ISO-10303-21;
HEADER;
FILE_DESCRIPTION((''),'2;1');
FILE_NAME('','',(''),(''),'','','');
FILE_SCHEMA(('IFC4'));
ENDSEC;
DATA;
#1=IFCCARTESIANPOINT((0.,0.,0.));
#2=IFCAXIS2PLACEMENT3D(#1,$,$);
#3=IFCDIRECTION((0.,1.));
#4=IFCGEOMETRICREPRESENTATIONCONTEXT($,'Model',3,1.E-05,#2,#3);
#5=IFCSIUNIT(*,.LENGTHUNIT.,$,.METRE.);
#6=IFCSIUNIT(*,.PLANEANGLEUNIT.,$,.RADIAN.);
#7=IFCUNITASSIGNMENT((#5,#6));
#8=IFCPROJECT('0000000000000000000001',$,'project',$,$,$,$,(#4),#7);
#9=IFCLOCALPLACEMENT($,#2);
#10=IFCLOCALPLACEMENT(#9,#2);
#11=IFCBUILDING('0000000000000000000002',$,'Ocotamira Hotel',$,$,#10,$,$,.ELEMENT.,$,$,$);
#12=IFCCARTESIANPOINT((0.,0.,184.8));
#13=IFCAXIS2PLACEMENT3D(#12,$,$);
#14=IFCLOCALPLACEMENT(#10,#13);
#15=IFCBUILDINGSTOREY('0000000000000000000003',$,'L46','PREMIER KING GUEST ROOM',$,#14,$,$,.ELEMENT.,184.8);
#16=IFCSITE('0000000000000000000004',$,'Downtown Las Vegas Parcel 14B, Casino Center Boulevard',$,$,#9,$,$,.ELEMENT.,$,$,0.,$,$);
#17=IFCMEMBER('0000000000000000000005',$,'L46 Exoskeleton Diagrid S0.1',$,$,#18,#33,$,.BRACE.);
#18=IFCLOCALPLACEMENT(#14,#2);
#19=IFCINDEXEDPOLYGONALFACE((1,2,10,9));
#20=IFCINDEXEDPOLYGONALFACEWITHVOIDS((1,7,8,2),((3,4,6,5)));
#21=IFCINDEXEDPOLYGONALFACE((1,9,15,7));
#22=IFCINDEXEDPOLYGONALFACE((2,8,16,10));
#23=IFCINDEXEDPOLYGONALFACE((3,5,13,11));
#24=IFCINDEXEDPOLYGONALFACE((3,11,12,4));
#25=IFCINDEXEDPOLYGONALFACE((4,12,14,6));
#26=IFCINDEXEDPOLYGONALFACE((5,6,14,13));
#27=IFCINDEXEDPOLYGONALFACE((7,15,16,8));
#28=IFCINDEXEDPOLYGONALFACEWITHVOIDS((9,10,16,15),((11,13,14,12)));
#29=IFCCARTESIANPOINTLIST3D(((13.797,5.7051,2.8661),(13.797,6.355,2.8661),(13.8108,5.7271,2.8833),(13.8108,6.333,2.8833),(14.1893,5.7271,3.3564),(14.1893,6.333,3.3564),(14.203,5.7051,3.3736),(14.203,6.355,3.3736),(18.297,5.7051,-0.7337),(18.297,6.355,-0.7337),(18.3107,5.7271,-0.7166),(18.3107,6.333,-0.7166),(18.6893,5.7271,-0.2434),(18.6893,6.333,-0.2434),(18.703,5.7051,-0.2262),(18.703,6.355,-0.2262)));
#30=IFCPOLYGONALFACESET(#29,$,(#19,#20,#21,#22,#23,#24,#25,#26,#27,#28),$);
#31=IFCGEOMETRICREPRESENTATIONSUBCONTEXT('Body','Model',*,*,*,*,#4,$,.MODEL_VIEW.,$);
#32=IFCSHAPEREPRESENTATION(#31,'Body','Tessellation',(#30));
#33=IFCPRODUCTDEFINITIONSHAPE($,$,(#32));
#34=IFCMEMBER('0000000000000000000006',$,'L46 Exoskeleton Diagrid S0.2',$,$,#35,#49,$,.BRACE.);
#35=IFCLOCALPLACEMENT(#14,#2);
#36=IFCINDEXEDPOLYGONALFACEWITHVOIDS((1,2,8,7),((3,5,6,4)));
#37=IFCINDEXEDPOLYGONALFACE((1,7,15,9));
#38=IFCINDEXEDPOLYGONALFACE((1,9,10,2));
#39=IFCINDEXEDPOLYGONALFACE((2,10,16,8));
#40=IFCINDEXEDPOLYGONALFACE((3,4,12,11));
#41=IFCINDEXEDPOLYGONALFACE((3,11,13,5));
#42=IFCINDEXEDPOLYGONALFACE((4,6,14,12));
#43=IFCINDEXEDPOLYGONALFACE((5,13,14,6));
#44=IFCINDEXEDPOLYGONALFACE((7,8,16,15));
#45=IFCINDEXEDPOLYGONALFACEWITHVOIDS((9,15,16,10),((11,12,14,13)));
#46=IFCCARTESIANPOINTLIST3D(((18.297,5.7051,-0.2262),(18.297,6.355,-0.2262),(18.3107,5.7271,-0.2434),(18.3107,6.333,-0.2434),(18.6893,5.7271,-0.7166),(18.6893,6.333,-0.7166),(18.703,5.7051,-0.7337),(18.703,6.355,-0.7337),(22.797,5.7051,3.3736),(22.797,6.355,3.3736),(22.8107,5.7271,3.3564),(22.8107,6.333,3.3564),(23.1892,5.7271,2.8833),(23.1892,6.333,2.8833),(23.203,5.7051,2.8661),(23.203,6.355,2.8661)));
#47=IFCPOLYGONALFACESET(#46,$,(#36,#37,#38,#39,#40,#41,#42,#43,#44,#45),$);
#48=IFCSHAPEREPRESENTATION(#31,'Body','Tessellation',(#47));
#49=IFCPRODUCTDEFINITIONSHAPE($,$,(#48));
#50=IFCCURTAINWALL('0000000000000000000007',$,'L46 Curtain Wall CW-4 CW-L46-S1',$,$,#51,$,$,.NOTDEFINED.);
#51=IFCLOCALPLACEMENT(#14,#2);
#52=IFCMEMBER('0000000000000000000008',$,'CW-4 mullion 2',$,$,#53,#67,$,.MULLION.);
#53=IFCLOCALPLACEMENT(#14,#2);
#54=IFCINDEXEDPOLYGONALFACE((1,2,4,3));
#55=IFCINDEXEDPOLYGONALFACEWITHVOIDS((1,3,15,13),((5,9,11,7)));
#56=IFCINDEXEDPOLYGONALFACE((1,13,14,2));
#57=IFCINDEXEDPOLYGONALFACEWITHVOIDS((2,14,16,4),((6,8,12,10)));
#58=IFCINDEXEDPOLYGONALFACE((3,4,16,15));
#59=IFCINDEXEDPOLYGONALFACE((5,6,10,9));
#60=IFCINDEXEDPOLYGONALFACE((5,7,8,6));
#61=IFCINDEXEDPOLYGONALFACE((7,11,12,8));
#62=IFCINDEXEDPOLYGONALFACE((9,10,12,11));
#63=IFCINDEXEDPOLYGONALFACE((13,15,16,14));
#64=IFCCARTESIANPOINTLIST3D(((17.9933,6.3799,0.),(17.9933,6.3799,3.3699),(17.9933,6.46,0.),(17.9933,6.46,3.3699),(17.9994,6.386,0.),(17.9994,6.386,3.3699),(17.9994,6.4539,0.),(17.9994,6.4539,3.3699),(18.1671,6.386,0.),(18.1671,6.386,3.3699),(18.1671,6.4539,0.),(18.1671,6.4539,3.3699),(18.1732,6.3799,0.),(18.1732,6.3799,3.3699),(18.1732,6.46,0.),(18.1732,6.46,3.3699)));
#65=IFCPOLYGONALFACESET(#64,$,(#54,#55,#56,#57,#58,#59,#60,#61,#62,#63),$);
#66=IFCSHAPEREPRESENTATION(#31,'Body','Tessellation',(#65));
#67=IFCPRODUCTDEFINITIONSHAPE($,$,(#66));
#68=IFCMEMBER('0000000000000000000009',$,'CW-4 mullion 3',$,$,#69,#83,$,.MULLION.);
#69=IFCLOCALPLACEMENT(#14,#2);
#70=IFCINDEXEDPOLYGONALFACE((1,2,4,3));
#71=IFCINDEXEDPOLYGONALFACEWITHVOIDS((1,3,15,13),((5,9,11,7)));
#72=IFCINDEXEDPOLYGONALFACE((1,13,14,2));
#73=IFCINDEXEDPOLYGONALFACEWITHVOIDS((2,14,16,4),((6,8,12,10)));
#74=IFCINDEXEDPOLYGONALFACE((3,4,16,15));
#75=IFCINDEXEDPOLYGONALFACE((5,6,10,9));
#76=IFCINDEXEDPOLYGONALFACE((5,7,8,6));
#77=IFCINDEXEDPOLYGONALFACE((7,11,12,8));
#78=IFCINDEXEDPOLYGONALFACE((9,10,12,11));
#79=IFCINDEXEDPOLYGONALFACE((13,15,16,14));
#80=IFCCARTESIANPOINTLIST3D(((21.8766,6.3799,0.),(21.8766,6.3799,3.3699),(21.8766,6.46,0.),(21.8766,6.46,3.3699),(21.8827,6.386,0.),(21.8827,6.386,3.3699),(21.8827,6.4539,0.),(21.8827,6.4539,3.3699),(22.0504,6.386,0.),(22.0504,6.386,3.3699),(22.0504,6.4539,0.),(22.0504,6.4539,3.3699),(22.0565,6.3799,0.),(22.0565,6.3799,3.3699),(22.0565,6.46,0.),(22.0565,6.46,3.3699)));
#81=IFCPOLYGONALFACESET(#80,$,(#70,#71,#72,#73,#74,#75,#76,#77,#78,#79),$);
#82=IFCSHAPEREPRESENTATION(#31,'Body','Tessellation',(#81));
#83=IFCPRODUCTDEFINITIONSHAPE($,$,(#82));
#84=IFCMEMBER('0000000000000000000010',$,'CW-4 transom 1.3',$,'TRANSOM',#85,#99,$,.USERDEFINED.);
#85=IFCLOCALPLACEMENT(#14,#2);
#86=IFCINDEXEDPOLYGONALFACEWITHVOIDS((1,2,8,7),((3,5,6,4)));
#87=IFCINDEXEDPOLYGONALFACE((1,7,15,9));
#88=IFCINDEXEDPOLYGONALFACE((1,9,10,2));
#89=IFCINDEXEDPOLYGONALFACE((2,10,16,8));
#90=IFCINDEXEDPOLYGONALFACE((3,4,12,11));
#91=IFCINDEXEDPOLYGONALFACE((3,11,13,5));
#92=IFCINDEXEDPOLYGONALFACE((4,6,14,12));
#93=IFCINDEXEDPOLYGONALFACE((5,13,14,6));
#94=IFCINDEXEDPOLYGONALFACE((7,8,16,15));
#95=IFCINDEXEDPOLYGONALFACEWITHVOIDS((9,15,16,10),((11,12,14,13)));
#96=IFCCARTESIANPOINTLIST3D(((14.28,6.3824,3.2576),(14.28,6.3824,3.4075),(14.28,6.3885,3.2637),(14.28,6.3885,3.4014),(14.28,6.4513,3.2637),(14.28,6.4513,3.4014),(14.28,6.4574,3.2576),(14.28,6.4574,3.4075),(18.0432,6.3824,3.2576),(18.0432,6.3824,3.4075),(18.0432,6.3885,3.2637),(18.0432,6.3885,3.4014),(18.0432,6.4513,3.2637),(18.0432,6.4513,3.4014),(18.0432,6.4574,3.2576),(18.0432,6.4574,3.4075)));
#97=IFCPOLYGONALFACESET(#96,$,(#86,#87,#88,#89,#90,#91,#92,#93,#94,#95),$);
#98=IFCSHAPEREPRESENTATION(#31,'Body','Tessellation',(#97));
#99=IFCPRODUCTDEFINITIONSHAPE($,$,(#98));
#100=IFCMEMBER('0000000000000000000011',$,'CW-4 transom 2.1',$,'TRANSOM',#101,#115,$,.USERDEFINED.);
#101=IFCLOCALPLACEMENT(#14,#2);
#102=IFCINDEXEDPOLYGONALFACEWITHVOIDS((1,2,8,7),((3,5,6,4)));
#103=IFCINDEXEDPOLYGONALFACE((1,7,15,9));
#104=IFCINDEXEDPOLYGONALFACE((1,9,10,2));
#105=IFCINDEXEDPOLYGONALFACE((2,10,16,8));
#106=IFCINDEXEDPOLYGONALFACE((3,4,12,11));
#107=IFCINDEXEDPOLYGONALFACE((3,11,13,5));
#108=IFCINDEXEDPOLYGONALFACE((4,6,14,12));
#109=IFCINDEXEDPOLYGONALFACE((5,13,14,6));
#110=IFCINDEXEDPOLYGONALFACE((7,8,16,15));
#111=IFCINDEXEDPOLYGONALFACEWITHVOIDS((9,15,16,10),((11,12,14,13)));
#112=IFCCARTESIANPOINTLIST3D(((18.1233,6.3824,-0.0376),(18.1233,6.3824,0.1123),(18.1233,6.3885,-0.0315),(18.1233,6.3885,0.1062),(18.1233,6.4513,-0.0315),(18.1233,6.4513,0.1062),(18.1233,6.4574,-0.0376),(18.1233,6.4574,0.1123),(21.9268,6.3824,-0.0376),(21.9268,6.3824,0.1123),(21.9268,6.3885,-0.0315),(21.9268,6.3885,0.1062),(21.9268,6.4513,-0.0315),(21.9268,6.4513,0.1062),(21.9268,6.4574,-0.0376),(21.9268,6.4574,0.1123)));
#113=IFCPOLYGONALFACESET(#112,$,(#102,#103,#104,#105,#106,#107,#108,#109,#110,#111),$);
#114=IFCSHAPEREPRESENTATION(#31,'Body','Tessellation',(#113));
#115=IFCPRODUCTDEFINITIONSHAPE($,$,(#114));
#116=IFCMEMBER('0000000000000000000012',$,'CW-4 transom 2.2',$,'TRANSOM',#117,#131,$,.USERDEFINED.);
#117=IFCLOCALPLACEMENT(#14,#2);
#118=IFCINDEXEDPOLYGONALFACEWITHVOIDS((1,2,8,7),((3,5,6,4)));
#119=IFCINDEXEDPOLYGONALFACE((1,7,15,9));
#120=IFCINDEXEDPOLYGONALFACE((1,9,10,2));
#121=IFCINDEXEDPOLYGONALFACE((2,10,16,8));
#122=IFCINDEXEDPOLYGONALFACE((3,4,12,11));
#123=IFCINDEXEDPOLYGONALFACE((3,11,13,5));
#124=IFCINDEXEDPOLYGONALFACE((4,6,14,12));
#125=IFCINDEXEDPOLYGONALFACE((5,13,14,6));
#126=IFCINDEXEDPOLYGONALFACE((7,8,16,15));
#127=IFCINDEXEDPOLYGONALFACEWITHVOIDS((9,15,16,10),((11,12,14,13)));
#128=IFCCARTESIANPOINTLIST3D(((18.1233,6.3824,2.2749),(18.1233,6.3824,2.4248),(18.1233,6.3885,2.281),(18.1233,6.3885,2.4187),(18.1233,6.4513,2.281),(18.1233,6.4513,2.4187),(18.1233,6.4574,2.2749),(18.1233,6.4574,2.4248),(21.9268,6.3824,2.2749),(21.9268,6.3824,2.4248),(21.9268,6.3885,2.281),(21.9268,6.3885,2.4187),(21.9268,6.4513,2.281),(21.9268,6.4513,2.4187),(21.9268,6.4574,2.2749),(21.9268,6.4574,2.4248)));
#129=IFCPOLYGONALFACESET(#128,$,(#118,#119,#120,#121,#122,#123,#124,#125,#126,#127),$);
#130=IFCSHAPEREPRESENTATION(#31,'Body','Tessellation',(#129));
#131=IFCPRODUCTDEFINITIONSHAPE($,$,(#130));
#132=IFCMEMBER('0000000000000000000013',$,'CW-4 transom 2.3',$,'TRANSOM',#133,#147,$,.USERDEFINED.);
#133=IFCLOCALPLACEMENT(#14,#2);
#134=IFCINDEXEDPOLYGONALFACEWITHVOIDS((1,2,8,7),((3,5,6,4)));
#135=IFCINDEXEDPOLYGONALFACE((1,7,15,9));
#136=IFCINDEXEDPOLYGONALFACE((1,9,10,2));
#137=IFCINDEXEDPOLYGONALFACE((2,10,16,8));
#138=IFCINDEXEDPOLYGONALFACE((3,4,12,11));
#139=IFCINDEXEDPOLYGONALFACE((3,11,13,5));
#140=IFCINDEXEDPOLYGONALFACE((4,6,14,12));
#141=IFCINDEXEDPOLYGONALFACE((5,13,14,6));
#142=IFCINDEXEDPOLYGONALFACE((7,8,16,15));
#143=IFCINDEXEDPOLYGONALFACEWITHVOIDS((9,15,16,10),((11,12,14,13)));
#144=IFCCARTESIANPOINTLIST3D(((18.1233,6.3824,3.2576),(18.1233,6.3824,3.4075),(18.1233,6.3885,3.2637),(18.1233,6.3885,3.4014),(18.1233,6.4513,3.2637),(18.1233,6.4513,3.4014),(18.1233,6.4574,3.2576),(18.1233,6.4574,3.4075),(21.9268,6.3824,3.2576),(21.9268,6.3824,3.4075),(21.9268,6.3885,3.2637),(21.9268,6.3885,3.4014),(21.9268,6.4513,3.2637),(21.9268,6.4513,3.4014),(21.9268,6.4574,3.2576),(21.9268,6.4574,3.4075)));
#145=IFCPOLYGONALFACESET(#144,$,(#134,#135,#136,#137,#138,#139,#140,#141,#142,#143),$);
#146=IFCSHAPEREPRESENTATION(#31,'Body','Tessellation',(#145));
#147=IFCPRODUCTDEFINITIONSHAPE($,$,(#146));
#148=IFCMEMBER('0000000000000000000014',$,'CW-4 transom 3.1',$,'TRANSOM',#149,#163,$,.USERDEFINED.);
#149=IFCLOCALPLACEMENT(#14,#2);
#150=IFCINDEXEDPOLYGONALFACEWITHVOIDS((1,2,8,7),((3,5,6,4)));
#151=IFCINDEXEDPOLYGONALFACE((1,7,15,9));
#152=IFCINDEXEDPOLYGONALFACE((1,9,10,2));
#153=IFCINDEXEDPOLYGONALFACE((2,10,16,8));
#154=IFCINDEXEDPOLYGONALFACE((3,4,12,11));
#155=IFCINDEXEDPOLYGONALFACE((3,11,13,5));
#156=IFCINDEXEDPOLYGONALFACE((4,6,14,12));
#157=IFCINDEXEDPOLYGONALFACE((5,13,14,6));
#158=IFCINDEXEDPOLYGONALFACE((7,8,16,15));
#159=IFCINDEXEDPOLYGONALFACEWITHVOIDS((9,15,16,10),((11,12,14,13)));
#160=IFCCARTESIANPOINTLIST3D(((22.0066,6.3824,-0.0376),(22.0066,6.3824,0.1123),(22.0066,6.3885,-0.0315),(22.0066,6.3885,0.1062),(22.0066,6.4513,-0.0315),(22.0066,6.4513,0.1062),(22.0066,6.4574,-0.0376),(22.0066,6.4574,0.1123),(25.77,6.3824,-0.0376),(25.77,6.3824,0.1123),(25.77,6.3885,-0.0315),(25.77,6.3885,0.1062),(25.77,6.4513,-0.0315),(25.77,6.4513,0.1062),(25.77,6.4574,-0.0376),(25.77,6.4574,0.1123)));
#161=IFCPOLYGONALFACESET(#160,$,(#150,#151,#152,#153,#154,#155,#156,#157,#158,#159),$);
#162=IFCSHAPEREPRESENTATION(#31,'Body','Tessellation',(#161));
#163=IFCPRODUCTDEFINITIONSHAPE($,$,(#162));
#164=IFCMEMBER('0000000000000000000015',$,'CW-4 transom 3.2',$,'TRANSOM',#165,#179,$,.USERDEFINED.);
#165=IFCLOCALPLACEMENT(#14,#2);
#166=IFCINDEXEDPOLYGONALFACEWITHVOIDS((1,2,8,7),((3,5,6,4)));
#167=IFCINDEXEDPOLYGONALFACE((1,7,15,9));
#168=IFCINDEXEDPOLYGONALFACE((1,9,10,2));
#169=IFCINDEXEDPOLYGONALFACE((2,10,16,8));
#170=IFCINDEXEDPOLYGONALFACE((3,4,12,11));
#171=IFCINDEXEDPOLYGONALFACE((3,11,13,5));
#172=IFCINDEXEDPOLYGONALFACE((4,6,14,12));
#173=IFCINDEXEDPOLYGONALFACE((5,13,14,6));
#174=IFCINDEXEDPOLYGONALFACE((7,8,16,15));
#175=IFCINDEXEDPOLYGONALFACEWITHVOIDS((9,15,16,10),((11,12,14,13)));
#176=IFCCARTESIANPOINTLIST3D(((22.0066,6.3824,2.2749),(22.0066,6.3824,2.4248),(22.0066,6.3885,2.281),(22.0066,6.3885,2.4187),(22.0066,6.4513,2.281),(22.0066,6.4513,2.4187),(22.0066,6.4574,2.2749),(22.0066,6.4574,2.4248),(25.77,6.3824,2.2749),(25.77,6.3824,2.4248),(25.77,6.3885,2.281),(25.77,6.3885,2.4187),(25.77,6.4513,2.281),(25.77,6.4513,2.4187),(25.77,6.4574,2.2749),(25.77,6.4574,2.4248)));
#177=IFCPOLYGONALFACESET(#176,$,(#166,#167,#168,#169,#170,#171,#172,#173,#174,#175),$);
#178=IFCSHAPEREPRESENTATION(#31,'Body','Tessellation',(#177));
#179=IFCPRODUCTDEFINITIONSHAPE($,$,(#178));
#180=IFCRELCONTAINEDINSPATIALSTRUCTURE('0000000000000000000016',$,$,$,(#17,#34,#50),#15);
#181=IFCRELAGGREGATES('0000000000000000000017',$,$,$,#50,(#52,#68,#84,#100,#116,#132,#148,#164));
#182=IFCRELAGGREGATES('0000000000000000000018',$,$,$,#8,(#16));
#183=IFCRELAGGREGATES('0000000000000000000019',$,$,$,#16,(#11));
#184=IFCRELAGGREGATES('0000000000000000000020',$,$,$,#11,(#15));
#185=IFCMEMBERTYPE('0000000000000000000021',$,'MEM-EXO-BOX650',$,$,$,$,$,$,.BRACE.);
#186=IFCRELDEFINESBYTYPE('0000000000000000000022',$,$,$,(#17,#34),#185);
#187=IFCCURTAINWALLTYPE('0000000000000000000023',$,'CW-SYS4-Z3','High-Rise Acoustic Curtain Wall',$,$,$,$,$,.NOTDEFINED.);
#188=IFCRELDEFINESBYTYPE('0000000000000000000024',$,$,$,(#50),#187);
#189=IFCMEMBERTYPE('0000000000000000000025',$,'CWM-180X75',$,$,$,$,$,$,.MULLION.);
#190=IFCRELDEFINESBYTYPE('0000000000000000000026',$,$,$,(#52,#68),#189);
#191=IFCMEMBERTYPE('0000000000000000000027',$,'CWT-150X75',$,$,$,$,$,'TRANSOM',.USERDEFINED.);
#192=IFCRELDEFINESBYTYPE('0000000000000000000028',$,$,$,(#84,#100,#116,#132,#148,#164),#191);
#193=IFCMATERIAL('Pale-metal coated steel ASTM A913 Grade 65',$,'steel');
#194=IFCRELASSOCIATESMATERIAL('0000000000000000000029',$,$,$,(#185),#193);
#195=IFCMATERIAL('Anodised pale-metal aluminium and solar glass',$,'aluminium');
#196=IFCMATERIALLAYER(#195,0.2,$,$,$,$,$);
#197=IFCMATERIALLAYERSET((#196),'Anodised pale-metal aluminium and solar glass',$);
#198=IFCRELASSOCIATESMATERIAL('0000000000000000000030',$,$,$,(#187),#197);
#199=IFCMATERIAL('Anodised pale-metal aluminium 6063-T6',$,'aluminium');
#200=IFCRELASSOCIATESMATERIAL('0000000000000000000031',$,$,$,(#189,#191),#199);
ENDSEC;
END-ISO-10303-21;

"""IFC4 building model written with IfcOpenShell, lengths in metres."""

from ifc_helpers import new_model, si_unit, direction, frame, origin, origin_2d, place, context, subcontext, project, spatial, hollow_rectangle, extrude, source, transform, mapped, material, layer, layer_set, material_profile, profile_set, type_object, element, aggregate, save


model = new_model("IFC4")

# Units and contexts
model_context = context("Model", 3, precision=1e-05, world=origin(), true_north=direction((0.0, 1.0)))
body_context = subcontext(model_context, "Body", "Model", "MODEL_VIEW")
ifc_project = project(units=[si_unit("LENGTHUNIT", "METRE"), si_unit("PLANEANGLEUNIT", "RADIAN")], contexts=[model_context])

# Site, building, storey
site_placement = place(None, origin())
site = spatial("IfcSite", under=ifc_project, at=site_placement, Name="Downtown Las Vegas Parcel 14B, Casino Center Boulevard", CompositionType="ELEMENT", RefElevation=0.0)
building_placement = place(site_placement, origin())
building = spatial("IfcBuilding", under=site, at=building_placement, Name="Ocotamira Hotel", CompositionType="ELEMENT")
storey_placement = place(building_placement, frame((0.0, 0.0, 184.8)))
storey = spatial("IfcBuildingStorey", under=building, at=storey_placement, Name="L46", Description="PREMIER KING GUEST ROOM", CompositionType="ELEMENT", Elevation=184.8)

# Members
ifc_material_1 = material(Name="Pale-metal coated steel ASTM A913 Grade 65", Category="steel")
ifc_material_profile_1 = material_profile(ifc_material_1, hollow_rectangle(XDim=0.6499, YDim=0.6499, WallThickness=0.022, at=origin_2d()), Name="BOX650X650X22")
ifc_profile_set_1 = profile_set([ifc_material_profile_1], Name="Pale-metal coated steel ASTM A913 Grade 65")
member_type_1 = type_object("IfcMemberType", Name="MEM-EXO-BOX650", PredefinedType="BRACE", material=ifc_profile_set_1)
shared_shape_1 = source(origin(), body_context, "Body", "SweptSolid", [
    extrude(hollow_rectangle(XDim=0.6499, YDim=0.6499, WallThickness=0.022, at=origin_2d()), origin(), (0.0, 0.0, 1.0), 5.7627),
])
for number, where, z_axis, x_axis, name in (
    (1, (18.5, 6.03, -0.48), (-0.780881, 0.0, 0.62468), (0.0, -1.0, 0.0), "L46 Exoskeleton Diagrid S0.1"),
    (2, (18.5, 6.03, -0.48), (0.780881, 0.0, 0.62468), (0.0, 1.0, 0.0), "L46 Exoskeleton Diagrid S0.2"),
):
    element("IfcMember", number, at=place(storey_placement, frame(where, z_axis=z_axis, x_axis=x_axis)), inside=storey, type_object=member_type_1, Name=name, PredefinedType="BRACE", context=body_context, shape_type="MappedRepresentation", body=[
        mapped(shared_shape_1, transform((0.0, 0.0, 0.0), scale=1.0)),
    ])

# Curtain wall, members
ifc_material_2 = material(Name="Anodised pale-metal aluminium and solar glass", Category="aluminium")
ifc_layer_1 = layer(ifc_material_2, 0.2)
ifc_layer_set_1 = layer_set([ifc_layer_1], Name="Anodised pale-metal aluminium and solar glass")
curtain_wall_type = type_object("IfcCurtainWallType", Name="CW-SYS4-Z3", Description="High-Rise Acoustic Curtain Wall", PredefinedType="NOTDEFINED", material=ifc_layer_set_1)
curtain_wall_placement = place(storey_placement, origin())
curtain_wall = element("IfcCurtainWall", 3, at=curtain_wall_placement, inside=storey, type_object=curtain_wall_type, Name="L46 Curtain Wall CW-4 CW-L46-S1", PredefinedType="NOTDEFINED")
ifc_material_3 = material(Name="Anodised pale-metal aluminium 6063-T6", Category="aluminium")
ifc_material_profile_2 = material_profile(ifc_material_3, hollow_rectangle(XDim=0.0801, YDim=0.1799, WallThickness=0.0061, at=origin_2d()), Name="HSS180X80X6")
ifc_profile_set_2 = profile_set([ifc_material_profile_2], Name="Anodised pale-metal aluminium 6063-T6")
member_type_2 = type_object("IfcMemberType", Name="CWM-180X75", PredefinedType="MULLION", material=ifc_profile_set_2)
shared_shape_2 = source(origin(), body_context, "Body", "SweptSolid", [
    extrude(hollow_rectangle(XDim=0.0801, YDim=0.1799, WallThickness=0.0061, at=origin_2d()), origin(), (0.0, 0.0, 1.0), 3.3699),
])
member_1_placement = place(storey_placement, frame((18.0833, 6.4199, 0.0), z_axis=(0.0, 0.0, 1.0), x_axis=(0.0, 1.0, 0.0)))
member_1 = element("IfcMember", 4, at=member_1_placement, type_object=member_type_2, Name="CW-4 mullion 2", PredefinedType="MULLION", context=body_context, shape_type="MappedRepresentation", body=[
    mapped(shared_shape_2, transform((0.0, 0.0, 0.0), scale=1.0)),
])
member_2_placement = place(storey_placement, frame((21.9666, 6.4199, 0.0), z_axis=(0.0, 0.0, 1.0), x_axis=(0.0, 1.0, 0.0)))
member_2 = element("IfcMember", 5, at=member_2_placement, type_object=member_type_2, Name="CW-4 mullion 3", PredefinedType="MULLION", context=body_context, shape_type="MappedRepresentation", body=[
    mapped(shared_shape_2, transform((0.0, 0.0, 0.0), scale=1.0)),
])
ifc_material_profile_3 = material_profile(ifc_material_3, hollow_rectangle(XDim=0.075, YDim=0.1499, WallThickness=0.0061, at=origin_2d()), Name="HSS150X75X6")
ifc_profile_set_3 = profile_set([ifc_material_profile_3], Name="Anodised pale-metal aluminium 6063-T6")
member_type_3 = type_object("IfcMemberType", Name="CWT-150X75", ElementType="TRANSOM", PredefinedType="USERDEFINED", material=ifc_profile_set_3)
shared_shape_3 = source(origin(), body_context, "Body", "SweptSolid", [
    extrude(hollow_rectangle(XDim=0.075, YDim=0.1499, WallThickness=0.0061, at=origin_2d()), origin(), (0.0, 0.0, 1.0), 3.7632),
])
member_3_placement = place(storey_placement, frame((14.28, 6.4199, 3.3325), z_axis=(1.0, 0.0, 0.0), x_axis=(0.0, 1.0, 0.0)))
member_3 = element("IfcMember", 6, at=member_3_placement, type_object=member_type_3, Name="CW-4 transom 1.3", ObjectType="TRANSOM", PredefinedType="USERDEFINED", context=body_context, shape_type="MappedRepresentation", body=[
    mapped(shared_shape_3, transform((0.0, 0.0, 0.0), scale=1.0)),
])
shared_shape_4 = source(origin(), body_context, "Body", "SweptSolid", [
    extrude(hollow_rectangle(XDim=0.075, YDim=0.1499, WallThickness=0.0061, at=origin_2d()), origin(), (0.0, 0.0, 1.0), 3.8035),
])
member_4_placement = place(storey_placement, frame((18.1233, 6.4199, 0.0374), z_axis=(1.0, 0.0, 0.0), x_axis=(0.0, 1.0, 0.0)))
member_4 = element("IfcMember", 7, at=member_4_placement, type_object=member_type_3, Name="CW-4 transom 2.1", ObjectType="TRANSOM", PredefinedType="USERDEFINED", context=body_context, shape_type="MappedRepresentation", body=[
    mapped(shared_shape_4, transform((0.0, 0.0, 0.0), scale=1.0)),
])
member_5_placement = place(storey_placement, frame((18.1233, 6.4199, 2.3499), z_axis=(1.0, 0.0, 0.0), x_axis=(0.0, 1.0, 0.0)))
member_5 = element("IfcMember", 8, at=member_5_placement, type_object=member_type_3, Name="CW-4 transom 2.2", ObjectType="TRANSOM", PredefinedType="USERDEFINED", context=body_context, shape_type="MappedRepresentation", body=[
    mapped(shared_shape_4, transform((0.0, 0.0, 0.0), scale=1.0)),
])
member_6_placement = place(storey_placement, frame((18.1233, 6.4199, 3.3325), z_axis=(1.0, 0.0, 0.0), x_axis=(0.0, 1.0, 0.0)))
member_6 = element("IfcMember", 9, at=member_6_placement, type_object=member_type_3, Name="CW-4 transom 2.3", ObjectType="TRANSOM", PredefinedType="USERDEFINED", context=body_context, shape_type="MappedRepresentation", body=[
    mapped(shared_shape_4, transform((0.0, 0.0, 0.0), scale=1.0)),
])
shared_shape_5 = source(origin(), body_context, "Body", "SweptSolid", [
    extrude(hollow_rectangle(XDim=0.075, YDim=0.1499, WallThickness=0.0061, at=origin_2d()), origin(), (0.0, 0.0, 1.0), 3.7634),
])
member_7_placement = place(storey_placement, frame((22.0066, 6.4199, 0.0374), z_axis=(1.0, 0.0, 0.0), x_axis=(0.0, 1.0, 0.0)))
member_7 = element("IfcMember", 10, at=member_7_placement, type_object=member_type_3, Name="CW-4 transom 3.1", ObjectType="TRANSOM", PredefinedType="USERDEFINED", context=body_context, shape_type="MappedRepresentation", body=[
    mapped(shared_shape_5, transform((0.0, 0.0, 0.0), scale=1.0)),
])
member_8_placement = place(storey_placement, frame((22.0066, 6.4199, 2.3499), z_axis=(1.0, 0.0, 0.0), x_axis=(0.0, 1.0, 0.0)))
member_8 = element("IfcMember", 11, at=member_8_placement, type_object=member_type_3, Name="CW-4 transom 3.2", ObjectType="TRANSOM", PredefinedType="USERDEFINED", context=body_context, shape_type="MappedRepresentation", body=[
    mapped(shared_shape_5, transform((0.0, 0.0, 0.0), scale=1.0)),
])

aggregate(curtain_wall, [member_1, member_2, member_3, member_4, member_5, member_6, member_7, member_8])

save(model, "model.ifc")
